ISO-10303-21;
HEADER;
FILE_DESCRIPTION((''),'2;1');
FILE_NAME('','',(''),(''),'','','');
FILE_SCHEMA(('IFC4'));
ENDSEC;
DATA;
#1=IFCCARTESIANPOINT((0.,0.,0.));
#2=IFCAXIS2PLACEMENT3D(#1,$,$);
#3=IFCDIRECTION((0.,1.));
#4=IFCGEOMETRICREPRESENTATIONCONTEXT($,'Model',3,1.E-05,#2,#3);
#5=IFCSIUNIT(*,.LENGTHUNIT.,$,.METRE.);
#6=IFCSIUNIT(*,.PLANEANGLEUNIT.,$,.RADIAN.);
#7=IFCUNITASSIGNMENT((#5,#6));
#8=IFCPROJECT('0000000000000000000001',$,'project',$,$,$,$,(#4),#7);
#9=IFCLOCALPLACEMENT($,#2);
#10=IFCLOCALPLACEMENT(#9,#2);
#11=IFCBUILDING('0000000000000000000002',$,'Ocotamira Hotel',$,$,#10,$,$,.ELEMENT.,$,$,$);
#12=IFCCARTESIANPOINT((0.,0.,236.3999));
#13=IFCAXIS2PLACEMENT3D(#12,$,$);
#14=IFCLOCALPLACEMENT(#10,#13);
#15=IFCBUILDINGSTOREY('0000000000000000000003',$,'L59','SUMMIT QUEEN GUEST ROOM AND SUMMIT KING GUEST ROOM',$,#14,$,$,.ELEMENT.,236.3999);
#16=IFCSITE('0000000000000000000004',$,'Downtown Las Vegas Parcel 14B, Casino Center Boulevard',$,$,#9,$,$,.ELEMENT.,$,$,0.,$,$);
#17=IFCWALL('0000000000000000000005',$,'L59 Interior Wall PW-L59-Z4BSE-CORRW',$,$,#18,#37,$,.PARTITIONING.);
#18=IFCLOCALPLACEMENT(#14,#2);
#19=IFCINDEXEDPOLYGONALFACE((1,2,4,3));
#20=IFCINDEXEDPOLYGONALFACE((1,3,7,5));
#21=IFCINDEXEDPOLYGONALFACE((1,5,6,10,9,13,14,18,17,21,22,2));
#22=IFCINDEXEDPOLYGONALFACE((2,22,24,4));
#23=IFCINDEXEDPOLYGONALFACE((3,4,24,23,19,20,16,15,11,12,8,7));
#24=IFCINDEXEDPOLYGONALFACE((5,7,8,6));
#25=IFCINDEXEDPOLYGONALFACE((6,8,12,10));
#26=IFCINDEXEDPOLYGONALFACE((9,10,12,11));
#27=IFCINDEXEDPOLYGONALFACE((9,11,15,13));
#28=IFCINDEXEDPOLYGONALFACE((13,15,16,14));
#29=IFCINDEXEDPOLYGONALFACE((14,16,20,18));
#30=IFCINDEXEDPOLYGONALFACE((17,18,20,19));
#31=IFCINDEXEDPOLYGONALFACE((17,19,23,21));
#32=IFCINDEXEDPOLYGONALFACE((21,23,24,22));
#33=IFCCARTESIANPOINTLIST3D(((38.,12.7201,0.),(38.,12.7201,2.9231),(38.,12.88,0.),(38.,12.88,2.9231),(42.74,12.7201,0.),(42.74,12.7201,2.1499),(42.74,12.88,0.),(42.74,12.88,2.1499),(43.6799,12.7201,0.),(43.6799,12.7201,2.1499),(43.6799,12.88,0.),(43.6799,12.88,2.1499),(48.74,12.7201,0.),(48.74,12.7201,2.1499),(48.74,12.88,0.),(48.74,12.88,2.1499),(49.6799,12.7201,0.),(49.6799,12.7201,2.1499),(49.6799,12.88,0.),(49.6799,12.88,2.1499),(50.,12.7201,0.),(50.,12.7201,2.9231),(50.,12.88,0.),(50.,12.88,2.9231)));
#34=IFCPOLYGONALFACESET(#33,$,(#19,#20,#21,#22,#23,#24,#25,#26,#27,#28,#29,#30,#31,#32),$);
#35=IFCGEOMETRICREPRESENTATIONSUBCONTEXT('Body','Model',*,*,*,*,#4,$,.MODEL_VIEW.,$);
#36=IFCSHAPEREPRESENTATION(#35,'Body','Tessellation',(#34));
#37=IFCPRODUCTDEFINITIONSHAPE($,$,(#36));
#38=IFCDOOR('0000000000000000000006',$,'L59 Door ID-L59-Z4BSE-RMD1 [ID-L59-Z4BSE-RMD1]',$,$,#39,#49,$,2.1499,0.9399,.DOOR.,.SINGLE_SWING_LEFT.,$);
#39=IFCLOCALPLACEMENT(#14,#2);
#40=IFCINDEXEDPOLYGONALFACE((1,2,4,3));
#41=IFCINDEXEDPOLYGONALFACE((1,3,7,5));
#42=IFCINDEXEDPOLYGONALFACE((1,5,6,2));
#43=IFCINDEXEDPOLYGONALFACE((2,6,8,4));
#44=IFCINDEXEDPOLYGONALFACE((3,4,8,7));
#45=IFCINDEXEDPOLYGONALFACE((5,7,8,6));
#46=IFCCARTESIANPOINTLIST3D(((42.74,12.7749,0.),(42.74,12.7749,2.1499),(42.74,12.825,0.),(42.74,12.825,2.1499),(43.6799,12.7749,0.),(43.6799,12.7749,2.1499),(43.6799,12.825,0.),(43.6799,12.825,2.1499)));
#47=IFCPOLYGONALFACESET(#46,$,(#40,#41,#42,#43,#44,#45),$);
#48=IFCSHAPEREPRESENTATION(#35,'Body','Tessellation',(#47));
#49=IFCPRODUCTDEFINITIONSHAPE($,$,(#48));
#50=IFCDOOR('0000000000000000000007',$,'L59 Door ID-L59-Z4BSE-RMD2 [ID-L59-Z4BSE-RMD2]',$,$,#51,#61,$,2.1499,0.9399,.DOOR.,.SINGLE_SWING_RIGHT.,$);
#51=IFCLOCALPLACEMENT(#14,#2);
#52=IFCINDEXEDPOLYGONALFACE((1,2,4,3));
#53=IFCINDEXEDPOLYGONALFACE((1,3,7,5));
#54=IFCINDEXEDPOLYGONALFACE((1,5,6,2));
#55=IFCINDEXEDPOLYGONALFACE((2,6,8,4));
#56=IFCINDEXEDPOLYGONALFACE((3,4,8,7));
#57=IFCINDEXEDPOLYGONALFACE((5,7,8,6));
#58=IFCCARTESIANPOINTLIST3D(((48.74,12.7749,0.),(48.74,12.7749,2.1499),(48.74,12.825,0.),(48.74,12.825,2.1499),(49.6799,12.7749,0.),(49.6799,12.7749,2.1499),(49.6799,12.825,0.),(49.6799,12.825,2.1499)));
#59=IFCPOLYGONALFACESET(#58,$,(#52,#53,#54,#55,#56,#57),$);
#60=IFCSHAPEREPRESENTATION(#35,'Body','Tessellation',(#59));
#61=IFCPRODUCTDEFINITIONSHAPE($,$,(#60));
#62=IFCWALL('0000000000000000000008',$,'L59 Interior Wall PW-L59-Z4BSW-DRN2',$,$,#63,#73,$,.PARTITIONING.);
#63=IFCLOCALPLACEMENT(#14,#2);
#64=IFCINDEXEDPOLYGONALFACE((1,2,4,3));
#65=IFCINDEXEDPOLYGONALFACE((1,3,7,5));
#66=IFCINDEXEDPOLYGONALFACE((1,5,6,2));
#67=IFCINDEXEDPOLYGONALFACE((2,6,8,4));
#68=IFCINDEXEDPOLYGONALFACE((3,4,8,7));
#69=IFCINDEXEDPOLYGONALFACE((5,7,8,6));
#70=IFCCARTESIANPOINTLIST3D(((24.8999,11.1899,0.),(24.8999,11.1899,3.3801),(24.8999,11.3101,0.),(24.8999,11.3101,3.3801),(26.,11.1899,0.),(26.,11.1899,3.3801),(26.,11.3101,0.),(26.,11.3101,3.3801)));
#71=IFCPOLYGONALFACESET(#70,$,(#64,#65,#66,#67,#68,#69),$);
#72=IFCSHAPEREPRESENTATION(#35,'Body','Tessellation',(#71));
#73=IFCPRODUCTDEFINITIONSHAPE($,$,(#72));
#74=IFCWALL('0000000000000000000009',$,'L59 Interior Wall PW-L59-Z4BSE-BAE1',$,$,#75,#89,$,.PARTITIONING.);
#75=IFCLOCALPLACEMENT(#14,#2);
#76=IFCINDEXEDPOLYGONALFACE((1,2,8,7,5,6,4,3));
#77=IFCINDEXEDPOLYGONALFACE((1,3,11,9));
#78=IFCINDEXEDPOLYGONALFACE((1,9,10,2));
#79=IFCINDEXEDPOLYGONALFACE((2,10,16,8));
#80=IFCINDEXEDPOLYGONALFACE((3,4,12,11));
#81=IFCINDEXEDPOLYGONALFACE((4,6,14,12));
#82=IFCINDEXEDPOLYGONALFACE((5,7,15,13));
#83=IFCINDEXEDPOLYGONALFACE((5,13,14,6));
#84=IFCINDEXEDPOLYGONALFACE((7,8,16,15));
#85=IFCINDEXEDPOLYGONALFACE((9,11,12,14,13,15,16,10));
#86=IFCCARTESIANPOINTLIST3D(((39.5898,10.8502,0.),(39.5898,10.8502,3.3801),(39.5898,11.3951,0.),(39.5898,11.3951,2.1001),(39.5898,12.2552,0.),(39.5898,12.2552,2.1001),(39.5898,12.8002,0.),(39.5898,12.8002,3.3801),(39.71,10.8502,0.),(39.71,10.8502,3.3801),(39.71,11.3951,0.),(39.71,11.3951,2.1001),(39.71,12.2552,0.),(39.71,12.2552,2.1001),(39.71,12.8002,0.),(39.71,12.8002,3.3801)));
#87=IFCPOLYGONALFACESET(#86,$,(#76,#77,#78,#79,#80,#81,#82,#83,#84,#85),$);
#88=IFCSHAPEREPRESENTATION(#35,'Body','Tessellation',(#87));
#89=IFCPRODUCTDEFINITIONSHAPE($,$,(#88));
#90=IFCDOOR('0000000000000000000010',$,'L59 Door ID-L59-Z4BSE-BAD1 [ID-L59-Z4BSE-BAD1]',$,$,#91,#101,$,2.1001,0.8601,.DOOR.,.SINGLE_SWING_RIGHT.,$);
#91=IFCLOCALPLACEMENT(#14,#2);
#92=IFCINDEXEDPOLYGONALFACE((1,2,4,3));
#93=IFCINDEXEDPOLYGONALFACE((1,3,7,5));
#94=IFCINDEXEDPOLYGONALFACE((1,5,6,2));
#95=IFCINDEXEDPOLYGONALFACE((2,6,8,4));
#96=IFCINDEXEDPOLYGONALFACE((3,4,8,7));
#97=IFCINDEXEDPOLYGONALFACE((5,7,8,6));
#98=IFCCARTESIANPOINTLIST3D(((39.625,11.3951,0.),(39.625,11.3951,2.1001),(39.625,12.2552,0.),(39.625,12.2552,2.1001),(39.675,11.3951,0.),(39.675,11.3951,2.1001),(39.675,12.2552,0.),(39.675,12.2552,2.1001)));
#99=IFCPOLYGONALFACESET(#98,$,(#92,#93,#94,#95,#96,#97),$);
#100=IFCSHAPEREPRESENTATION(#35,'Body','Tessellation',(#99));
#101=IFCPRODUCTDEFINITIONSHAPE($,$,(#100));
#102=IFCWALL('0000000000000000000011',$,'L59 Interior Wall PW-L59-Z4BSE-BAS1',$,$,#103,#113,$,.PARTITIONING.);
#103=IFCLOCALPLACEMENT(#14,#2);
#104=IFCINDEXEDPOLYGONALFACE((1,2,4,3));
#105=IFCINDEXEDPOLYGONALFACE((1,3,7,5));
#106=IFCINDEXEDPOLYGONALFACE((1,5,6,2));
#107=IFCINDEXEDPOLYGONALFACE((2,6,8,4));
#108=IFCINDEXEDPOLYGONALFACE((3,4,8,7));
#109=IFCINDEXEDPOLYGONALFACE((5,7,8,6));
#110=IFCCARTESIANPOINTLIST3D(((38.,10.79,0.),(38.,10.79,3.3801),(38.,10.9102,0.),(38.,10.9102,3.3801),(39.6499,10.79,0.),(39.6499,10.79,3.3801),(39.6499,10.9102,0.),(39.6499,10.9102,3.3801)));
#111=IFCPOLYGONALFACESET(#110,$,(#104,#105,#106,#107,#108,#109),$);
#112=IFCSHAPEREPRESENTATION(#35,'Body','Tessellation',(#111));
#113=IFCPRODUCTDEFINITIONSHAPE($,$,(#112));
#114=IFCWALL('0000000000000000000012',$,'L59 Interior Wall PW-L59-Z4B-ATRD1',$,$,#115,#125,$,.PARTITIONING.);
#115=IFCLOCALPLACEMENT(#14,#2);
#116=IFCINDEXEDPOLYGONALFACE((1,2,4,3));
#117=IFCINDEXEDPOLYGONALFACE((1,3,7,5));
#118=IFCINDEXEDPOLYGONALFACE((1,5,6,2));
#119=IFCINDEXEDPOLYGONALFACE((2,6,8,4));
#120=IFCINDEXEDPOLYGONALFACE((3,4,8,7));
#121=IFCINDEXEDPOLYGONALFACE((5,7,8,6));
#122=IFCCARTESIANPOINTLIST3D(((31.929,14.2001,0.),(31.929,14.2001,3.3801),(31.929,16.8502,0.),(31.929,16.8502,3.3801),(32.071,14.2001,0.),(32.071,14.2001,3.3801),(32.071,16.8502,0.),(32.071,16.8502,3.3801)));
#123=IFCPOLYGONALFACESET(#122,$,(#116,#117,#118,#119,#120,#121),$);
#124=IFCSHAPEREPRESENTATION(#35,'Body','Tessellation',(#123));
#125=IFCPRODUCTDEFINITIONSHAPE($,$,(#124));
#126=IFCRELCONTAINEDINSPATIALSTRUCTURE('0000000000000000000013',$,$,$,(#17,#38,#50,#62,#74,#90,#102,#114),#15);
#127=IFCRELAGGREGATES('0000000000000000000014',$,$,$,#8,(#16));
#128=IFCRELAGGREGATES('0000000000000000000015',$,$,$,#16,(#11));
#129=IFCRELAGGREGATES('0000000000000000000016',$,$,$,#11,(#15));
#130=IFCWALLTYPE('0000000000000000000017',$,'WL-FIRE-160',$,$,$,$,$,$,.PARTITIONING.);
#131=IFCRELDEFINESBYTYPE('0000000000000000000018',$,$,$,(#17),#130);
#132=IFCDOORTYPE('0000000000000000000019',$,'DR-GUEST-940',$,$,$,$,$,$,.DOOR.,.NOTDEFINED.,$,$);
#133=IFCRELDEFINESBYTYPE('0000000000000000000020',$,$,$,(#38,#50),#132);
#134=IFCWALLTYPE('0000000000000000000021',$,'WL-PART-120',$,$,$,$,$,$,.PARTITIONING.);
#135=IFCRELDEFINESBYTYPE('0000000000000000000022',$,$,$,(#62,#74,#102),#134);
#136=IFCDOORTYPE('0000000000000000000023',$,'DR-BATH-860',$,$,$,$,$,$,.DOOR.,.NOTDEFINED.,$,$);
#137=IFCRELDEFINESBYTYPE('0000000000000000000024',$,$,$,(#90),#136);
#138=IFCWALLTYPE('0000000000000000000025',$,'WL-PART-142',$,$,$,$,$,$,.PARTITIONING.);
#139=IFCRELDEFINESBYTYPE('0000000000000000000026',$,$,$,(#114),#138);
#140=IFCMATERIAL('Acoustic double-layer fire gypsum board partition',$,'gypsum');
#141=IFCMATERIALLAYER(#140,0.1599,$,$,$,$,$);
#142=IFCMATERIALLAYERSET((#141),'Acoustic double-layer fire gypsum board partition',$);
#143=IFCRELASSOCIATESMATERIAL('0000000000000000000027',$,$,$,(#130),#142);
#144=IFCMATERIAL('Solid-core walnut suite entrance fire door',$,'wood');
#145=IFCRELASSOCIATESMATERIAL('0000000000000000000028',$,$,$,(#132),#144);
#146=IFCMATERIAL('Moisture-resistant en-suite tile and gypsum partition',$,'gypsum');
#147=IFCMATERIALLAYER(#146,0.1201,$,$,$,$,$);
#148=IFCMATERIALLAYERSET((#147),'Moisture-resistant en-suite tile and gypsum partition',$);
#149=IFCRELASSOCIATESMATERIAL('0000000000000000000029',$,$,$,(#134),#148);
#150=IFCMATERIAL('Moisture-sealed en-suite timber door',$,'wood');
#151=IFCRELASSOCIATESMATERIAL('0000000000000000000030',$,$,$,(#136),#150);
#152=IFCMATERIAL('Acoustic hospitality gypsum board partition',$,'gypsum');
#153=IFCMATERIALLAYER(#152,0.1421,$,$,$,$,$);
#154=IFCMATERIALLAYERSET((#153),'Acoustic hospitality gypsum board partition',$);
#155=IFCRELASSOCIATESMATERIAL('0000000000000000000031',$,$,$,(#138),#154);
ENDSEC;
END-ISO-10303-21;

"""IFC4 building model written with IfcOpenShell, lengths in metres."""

from ifc_helpers import new_model, si_unit, direction, frame, frame_2d, origin, place, context, subcontext, project, spatial, rectangle, extrude, source, transform, mapped, material, layer, layer_set, type_object, element, fill, save


model = new_model("IFC4")

# Units and contexts
model_context = context("Model", 3, precision=1e-05, world=origin(), true_north=direction((0.0, 1.0)))
body_context = subcontext(model_context, "Body", "Model", "MODEL_VIEW")
ifc_project = project(units=[si_unit("LENGTHUNIT", "METRE"), si_unit("PLANEANGLEUNIT", "RADIAN")], contexts=[model_context])

# Site, building, storey
site_placement = place(None, origin())
site = spatial("IfcSite", under=ifc_project, at=site_placement, Name="Downtown Las Vegas Parcel 14B, Casino Center Boulevard", CompositionType="ELEMENT", RefElevation=0.0)
building_placement = place(site_placement, origin())
building = spatial("IfcBuilding", under=site, at=building_placement, Name="Ocotamira Hotel", CompositionType="ELEMENT")
storey_placement = place(building_placement, frame((0.0, 0.0, 236.3999)))
storey = spatial("IfcBuildingStorey", under=building, at=storey_placement, Name="L59", Description="SUMMIT QUEEN GUEST ROOM AND SUMMIT KING GUEST ROOM", CompositionType="ELEMENT", Elevation=236.3999)

# Shared definitions
ifc_material_1 = material(Name="Acoustic double-layer fire gypsum board partition", Category="gypsum")
ifc_layer_1 = layer(ifc_material_1, 0.1599)
ifc_layer_set_1 = layer_set([ifc_layer_1], Name="Acoustic double-layer fire gypsum board partition")
wall_type_1 = type_object("IfcWallType", Name="WL-FIRE-160", PredefinedType="PARTITIONING", material=ifc_layer_set_1)

# Wall, openings, doors
wall_1_placement = place(storey_placement, frame((38.0, 12.8, 0.0), z_axis=(0.0, 0.0, 1.0), x_axis=(1.0, 0.0, 0.0)))
wall_1 = element("IfcWall", 1, at=wall_1_placement, inside=storey, type_object=wall_type_1, Name="L59 Interior Wall PW-L59-Z4BSE-CORRW", PredefinedType="PARTITIONING", context=body_context, shape_type="SweptSolid", body=[
    extrude(rectangle(XDim=12.0, YDim=0.1599, at=frame_2d((6.0, 0.0))), origin(), (0.0, 0.0, 1.0), 2.9231),
])
opening_1_placement = place(wall_1_placement, frame((4.74, 0.0, 0.0)))
opening_1 = element("IfcOpeningElement", 2, at=opening_1_placement, cuts=wall_1, PredefinedType="OPENING", context=body_context, shape_type="SweptSolid", body=[
    extrude(rectangle(XDim=0.9399, YDim=2.1499, at=frame_2d((0.47, 1.075))), frame((0.0, 0.0898, 0.0), z_axis=(0.0, -1.0, 0.0), x_axis=(1.0, 0.0, 0.0)), (0.0, 0.0, 1.0), 0.1799),
])
opening_2_placement = place(wall_1_placement, frame((10.74, 0.0, 0.0)))
opening_2 = element("IfcOpeningElement", 3, at=opening_2_placement, cuts=wall_1, PredefinedType="OPENING", context=body_context, shape_type="SweptSolid", body=[
    extrude(rectangle(XDim=0.9399, YDim=2.1499, at=frame_2d((0.47, 1.075))), frame((0.0, 0.0898, 0.0), z_axis=(0.0, -1.0, 0.0), x_axis=(1.0, 0.0, 0.0)), (0.0, 0.0, 1.0), 0.1799),
])
ifc_material_2 = material(Name="Solid-core walnut suite entrance fire door", Category="wood")
door_type_1 = type_object("IfcDoorType", Name="DR-GUEST-940", OperationType="NOTDEFINED", PredefinedType="DOOR", material=ifc_material_2)
shared_shape_1 = source(origin(), body_context, "Body", "SweptSolid", [
    extrude(rectangle(XDim=0.9399, YDim=2.1499, at=frame_2d((0.47, 1.075))), frame((0.0, 0.0249, 0.0), z_axis=(0.0, -1.0, 0.0), x_axis=(1.0, 0.0, 0.0)), (0.0, 0.0, 1.0), 0.05),
])
door_1_placement = place(opening_1_placement, origin())
door_1 = element("IfcDoor", 4, at=door_1_placement, inside=storey, type_object=door_type_1, Name="L59 Door ID-L59-Z4BSE-RMD1 [ID-L59-Z4BSE-RMD1]", OperationType="SINGLE_SWING_LEFT", OverallHeight=2.1499, OverallWidth=0.9399, PredefinedType="DOOR", context=body_context, shape_type="MappedRepresentation", body=[
    mapped(shared_shape_1, transform((0.0, 0.0, 0.0), scale=1.0)),
])
fill(opening_1, door_1)
door_2_placement = place(opening_2_placement, origin())
door_2 = element("IfcDoor", 5, at=door_2_placement, inside=storey, type_object=door_type_1, Name="L59 Door ID-L59-Z4BSE-RMD2 [ID-L59-Z4BSE-RMD2]", OperationType="SINGLE_SWING_RIGHT", OverallHeight=2.1499, OverallWidth=0.9399, PredefinedType="DOOR", context=body_context, shape_type="MappedRepresentation", body=[
    mapped(shared_shape_1, transform((0.0, 0.0, 0.0), scale=1.0)),
])
fill(opening_2, door_2)

# Wall
ifc_material_3 = material(Name="Moisture-resistant en-suite tile and gypsum partition", Category="gypsum")
ifc_layer_2 = layer(ifc_material_3, 0.1201)
ifc_layer_set_2 = layer_set([ifc_layer_2], Name="Moisture-resistant en-suite tile and gypsum partition")
wall_type_2 = type_object("IfcWallType", Name="WL-PART-120", PredefinedType="PARTITIONING", material=ifc_layer_set_2)
wall_2_placement = place(storey_placement, frame((24.8999, 11.25, 0.0), z_axis=(0.0, 0.0, 1.0), x_axis=(1.0, 0.0, 0.0)))
element("IfcWall", 6, at=wall_2_placement, inside=storey, type_object=wall_type_2, Name="L59 Interior Wall PW-L59-Z4BSW-DRN2", PredefinedType="PARTITIONING", context=body_context, shape_type="SweptSolid", body=[
    extrude(rectangle(XDim=1.1001, YDim=0.1201, at=frame_2d((0.55, 0.0))), origin(), (0.0, 0.0, 1.0), 3.3801),
])

# Wall, opening, door
wall_3_placement = place(storey_placement, frame((39.6499, 10.8501, 0.0), z_axis=(0.0, 0.0, 1.0), x_axis=(0.0, 1.0, 0.0)))
wall_3 = element("IfcWall", 7, at=wall_3_placement, inside=storey, type_object=wall_type_2, Name="L59 Interior Wall PW-L59-Z4BSE-BAE1", PredefinedType="PARTITIONING", context=body_context, shape_type="SweptSolid", body=[
    extrude(rectangle(XDim=1.95, YDim=0.1201, at=frame_2d((0.9751, 0.0))), origin(), (0.0, 0.0, 1.0), 3.3801),
])
opening_3_placement = place(wall_3_placement, frame((0.5449, 0.0, 0.0)))
opening_3 = element("IfcOpeningElement", 8, at=opening_3_placement, cuts=wall_3, PredefinedType="OPENING", context=body_context, shape_type="SweptSolid", body=[
    extrude(rectangle(XDim=0.8601, YDim=2.1001, at=frame_2d((0.4302, 1.05))), frame((0.0, 0.0701, 0.0), z_axis=(0.0, -1.0, 0.0), x_axis=(1.0, 0.0, 0.0)), (0.0, 0.0, 1.0), 0.1401),
])
ifc_material_4 = material(Name="Moisture-sealed en-suite timber door", Category="wood")
door_type_2 = type_object("IfcDoorType", Name="DR-BATH-860", OperationType="NOTDEFINED", PredefinedType="DOOR", material=ifc_material_4)
shared_shape_2 = source(origin(), body_context, "Body", "SweptSolid", [
    extrude(rectangle(XDim=0.8601, YDim=2.1001, at=frame_2d((0.4302, 1.05))), frame((0.0, 0.0249, 0.0), z_axis=(0.0, -1.0, 0.0), x_axis=(1.0, 0.0, 0.0)), (0.0, 0.0, 1.0), 0.05),
])
door_3_placement = place(opening_3_placement, origin())
door_3 = element("IfcDoor", 9, at=door_3_placement, inside=storey, type_object=door_type_2, Name="L59 Door ID-L59-Z4BSE-BAD1 [ID-L59-Z4BSE-BAD1]", OperationType="SINGLE_SWING_RIGHT", OverallHeight=2.1001, OverallWidth=0.8601, PredefinedType="DOOR", context=body_context, shape_type="MappedRepresentation", body=[
    mapped(shared_shape_2, transform((0.0, 0.0, 0.0), scale=1.0)),
])
fill(opening_3, door_3)

# Walls
wall_4_placement = place(storey_placement, frame((38.0, 10.8501, 0.0), z_axis=(0.0, 0.0, 1.0), x_axis=(1.0, 0.0, 0.0)))
element("IfcWall", 10, at=wall_4_placement, inside=storey, type_object=wall_type_2, Name="L59 Interior Wall PW-L59-Z4BSE-BAS1", PredefinedType="PARTITIONING", context=body_context, shape_type="SweptSolid", body=[
    extrude(rectangle(XDim=1.6499, YDim=0.1201, at=frame_2d((0.825, 0.0))), origin(), (0.0, 0.0, 1.0), 3.3801),
])
ifc_material_5 = material(Name="Acoustic hospitality gypsum board partition", Category="gypsum")
ifc_layer_3 = layer(ifc_material_5, 0.1421)
ifc_layer_set_3 = layer_set([ifc_layer_3], Name="Acoustic hospitality gypsum board partition")
wall_type_3 = type_object("IfcWallType", Name="WL-PART-142", PredefinedType="PARTITIONING", material=ifc_layer_set_3)
wall_5_placement = place(storey_placement, frame((32.0, 14.2, 0.0), z_axis=(0.0, 0.0, 1.0), x_axis=(0.0, 1.0, 0.0)))
element("IfcWall", 11, at=wall_5_placement, inside=storey, type_object=wall_type_3, Name="L59 Interior Wall PW-L59-Z4B-ATRD1", PredefinedType="PARTITIONING", context=body_context, shape_type="SweptSolid", body=[
    extrude(rectangle(XDim=2.6501, YDim=0.1421, at=frame_2d((1.3252, 0.0))), origin(), (0.0, 0.0, 1.0), 3.3801),
])

save(model, "model.ifc")
